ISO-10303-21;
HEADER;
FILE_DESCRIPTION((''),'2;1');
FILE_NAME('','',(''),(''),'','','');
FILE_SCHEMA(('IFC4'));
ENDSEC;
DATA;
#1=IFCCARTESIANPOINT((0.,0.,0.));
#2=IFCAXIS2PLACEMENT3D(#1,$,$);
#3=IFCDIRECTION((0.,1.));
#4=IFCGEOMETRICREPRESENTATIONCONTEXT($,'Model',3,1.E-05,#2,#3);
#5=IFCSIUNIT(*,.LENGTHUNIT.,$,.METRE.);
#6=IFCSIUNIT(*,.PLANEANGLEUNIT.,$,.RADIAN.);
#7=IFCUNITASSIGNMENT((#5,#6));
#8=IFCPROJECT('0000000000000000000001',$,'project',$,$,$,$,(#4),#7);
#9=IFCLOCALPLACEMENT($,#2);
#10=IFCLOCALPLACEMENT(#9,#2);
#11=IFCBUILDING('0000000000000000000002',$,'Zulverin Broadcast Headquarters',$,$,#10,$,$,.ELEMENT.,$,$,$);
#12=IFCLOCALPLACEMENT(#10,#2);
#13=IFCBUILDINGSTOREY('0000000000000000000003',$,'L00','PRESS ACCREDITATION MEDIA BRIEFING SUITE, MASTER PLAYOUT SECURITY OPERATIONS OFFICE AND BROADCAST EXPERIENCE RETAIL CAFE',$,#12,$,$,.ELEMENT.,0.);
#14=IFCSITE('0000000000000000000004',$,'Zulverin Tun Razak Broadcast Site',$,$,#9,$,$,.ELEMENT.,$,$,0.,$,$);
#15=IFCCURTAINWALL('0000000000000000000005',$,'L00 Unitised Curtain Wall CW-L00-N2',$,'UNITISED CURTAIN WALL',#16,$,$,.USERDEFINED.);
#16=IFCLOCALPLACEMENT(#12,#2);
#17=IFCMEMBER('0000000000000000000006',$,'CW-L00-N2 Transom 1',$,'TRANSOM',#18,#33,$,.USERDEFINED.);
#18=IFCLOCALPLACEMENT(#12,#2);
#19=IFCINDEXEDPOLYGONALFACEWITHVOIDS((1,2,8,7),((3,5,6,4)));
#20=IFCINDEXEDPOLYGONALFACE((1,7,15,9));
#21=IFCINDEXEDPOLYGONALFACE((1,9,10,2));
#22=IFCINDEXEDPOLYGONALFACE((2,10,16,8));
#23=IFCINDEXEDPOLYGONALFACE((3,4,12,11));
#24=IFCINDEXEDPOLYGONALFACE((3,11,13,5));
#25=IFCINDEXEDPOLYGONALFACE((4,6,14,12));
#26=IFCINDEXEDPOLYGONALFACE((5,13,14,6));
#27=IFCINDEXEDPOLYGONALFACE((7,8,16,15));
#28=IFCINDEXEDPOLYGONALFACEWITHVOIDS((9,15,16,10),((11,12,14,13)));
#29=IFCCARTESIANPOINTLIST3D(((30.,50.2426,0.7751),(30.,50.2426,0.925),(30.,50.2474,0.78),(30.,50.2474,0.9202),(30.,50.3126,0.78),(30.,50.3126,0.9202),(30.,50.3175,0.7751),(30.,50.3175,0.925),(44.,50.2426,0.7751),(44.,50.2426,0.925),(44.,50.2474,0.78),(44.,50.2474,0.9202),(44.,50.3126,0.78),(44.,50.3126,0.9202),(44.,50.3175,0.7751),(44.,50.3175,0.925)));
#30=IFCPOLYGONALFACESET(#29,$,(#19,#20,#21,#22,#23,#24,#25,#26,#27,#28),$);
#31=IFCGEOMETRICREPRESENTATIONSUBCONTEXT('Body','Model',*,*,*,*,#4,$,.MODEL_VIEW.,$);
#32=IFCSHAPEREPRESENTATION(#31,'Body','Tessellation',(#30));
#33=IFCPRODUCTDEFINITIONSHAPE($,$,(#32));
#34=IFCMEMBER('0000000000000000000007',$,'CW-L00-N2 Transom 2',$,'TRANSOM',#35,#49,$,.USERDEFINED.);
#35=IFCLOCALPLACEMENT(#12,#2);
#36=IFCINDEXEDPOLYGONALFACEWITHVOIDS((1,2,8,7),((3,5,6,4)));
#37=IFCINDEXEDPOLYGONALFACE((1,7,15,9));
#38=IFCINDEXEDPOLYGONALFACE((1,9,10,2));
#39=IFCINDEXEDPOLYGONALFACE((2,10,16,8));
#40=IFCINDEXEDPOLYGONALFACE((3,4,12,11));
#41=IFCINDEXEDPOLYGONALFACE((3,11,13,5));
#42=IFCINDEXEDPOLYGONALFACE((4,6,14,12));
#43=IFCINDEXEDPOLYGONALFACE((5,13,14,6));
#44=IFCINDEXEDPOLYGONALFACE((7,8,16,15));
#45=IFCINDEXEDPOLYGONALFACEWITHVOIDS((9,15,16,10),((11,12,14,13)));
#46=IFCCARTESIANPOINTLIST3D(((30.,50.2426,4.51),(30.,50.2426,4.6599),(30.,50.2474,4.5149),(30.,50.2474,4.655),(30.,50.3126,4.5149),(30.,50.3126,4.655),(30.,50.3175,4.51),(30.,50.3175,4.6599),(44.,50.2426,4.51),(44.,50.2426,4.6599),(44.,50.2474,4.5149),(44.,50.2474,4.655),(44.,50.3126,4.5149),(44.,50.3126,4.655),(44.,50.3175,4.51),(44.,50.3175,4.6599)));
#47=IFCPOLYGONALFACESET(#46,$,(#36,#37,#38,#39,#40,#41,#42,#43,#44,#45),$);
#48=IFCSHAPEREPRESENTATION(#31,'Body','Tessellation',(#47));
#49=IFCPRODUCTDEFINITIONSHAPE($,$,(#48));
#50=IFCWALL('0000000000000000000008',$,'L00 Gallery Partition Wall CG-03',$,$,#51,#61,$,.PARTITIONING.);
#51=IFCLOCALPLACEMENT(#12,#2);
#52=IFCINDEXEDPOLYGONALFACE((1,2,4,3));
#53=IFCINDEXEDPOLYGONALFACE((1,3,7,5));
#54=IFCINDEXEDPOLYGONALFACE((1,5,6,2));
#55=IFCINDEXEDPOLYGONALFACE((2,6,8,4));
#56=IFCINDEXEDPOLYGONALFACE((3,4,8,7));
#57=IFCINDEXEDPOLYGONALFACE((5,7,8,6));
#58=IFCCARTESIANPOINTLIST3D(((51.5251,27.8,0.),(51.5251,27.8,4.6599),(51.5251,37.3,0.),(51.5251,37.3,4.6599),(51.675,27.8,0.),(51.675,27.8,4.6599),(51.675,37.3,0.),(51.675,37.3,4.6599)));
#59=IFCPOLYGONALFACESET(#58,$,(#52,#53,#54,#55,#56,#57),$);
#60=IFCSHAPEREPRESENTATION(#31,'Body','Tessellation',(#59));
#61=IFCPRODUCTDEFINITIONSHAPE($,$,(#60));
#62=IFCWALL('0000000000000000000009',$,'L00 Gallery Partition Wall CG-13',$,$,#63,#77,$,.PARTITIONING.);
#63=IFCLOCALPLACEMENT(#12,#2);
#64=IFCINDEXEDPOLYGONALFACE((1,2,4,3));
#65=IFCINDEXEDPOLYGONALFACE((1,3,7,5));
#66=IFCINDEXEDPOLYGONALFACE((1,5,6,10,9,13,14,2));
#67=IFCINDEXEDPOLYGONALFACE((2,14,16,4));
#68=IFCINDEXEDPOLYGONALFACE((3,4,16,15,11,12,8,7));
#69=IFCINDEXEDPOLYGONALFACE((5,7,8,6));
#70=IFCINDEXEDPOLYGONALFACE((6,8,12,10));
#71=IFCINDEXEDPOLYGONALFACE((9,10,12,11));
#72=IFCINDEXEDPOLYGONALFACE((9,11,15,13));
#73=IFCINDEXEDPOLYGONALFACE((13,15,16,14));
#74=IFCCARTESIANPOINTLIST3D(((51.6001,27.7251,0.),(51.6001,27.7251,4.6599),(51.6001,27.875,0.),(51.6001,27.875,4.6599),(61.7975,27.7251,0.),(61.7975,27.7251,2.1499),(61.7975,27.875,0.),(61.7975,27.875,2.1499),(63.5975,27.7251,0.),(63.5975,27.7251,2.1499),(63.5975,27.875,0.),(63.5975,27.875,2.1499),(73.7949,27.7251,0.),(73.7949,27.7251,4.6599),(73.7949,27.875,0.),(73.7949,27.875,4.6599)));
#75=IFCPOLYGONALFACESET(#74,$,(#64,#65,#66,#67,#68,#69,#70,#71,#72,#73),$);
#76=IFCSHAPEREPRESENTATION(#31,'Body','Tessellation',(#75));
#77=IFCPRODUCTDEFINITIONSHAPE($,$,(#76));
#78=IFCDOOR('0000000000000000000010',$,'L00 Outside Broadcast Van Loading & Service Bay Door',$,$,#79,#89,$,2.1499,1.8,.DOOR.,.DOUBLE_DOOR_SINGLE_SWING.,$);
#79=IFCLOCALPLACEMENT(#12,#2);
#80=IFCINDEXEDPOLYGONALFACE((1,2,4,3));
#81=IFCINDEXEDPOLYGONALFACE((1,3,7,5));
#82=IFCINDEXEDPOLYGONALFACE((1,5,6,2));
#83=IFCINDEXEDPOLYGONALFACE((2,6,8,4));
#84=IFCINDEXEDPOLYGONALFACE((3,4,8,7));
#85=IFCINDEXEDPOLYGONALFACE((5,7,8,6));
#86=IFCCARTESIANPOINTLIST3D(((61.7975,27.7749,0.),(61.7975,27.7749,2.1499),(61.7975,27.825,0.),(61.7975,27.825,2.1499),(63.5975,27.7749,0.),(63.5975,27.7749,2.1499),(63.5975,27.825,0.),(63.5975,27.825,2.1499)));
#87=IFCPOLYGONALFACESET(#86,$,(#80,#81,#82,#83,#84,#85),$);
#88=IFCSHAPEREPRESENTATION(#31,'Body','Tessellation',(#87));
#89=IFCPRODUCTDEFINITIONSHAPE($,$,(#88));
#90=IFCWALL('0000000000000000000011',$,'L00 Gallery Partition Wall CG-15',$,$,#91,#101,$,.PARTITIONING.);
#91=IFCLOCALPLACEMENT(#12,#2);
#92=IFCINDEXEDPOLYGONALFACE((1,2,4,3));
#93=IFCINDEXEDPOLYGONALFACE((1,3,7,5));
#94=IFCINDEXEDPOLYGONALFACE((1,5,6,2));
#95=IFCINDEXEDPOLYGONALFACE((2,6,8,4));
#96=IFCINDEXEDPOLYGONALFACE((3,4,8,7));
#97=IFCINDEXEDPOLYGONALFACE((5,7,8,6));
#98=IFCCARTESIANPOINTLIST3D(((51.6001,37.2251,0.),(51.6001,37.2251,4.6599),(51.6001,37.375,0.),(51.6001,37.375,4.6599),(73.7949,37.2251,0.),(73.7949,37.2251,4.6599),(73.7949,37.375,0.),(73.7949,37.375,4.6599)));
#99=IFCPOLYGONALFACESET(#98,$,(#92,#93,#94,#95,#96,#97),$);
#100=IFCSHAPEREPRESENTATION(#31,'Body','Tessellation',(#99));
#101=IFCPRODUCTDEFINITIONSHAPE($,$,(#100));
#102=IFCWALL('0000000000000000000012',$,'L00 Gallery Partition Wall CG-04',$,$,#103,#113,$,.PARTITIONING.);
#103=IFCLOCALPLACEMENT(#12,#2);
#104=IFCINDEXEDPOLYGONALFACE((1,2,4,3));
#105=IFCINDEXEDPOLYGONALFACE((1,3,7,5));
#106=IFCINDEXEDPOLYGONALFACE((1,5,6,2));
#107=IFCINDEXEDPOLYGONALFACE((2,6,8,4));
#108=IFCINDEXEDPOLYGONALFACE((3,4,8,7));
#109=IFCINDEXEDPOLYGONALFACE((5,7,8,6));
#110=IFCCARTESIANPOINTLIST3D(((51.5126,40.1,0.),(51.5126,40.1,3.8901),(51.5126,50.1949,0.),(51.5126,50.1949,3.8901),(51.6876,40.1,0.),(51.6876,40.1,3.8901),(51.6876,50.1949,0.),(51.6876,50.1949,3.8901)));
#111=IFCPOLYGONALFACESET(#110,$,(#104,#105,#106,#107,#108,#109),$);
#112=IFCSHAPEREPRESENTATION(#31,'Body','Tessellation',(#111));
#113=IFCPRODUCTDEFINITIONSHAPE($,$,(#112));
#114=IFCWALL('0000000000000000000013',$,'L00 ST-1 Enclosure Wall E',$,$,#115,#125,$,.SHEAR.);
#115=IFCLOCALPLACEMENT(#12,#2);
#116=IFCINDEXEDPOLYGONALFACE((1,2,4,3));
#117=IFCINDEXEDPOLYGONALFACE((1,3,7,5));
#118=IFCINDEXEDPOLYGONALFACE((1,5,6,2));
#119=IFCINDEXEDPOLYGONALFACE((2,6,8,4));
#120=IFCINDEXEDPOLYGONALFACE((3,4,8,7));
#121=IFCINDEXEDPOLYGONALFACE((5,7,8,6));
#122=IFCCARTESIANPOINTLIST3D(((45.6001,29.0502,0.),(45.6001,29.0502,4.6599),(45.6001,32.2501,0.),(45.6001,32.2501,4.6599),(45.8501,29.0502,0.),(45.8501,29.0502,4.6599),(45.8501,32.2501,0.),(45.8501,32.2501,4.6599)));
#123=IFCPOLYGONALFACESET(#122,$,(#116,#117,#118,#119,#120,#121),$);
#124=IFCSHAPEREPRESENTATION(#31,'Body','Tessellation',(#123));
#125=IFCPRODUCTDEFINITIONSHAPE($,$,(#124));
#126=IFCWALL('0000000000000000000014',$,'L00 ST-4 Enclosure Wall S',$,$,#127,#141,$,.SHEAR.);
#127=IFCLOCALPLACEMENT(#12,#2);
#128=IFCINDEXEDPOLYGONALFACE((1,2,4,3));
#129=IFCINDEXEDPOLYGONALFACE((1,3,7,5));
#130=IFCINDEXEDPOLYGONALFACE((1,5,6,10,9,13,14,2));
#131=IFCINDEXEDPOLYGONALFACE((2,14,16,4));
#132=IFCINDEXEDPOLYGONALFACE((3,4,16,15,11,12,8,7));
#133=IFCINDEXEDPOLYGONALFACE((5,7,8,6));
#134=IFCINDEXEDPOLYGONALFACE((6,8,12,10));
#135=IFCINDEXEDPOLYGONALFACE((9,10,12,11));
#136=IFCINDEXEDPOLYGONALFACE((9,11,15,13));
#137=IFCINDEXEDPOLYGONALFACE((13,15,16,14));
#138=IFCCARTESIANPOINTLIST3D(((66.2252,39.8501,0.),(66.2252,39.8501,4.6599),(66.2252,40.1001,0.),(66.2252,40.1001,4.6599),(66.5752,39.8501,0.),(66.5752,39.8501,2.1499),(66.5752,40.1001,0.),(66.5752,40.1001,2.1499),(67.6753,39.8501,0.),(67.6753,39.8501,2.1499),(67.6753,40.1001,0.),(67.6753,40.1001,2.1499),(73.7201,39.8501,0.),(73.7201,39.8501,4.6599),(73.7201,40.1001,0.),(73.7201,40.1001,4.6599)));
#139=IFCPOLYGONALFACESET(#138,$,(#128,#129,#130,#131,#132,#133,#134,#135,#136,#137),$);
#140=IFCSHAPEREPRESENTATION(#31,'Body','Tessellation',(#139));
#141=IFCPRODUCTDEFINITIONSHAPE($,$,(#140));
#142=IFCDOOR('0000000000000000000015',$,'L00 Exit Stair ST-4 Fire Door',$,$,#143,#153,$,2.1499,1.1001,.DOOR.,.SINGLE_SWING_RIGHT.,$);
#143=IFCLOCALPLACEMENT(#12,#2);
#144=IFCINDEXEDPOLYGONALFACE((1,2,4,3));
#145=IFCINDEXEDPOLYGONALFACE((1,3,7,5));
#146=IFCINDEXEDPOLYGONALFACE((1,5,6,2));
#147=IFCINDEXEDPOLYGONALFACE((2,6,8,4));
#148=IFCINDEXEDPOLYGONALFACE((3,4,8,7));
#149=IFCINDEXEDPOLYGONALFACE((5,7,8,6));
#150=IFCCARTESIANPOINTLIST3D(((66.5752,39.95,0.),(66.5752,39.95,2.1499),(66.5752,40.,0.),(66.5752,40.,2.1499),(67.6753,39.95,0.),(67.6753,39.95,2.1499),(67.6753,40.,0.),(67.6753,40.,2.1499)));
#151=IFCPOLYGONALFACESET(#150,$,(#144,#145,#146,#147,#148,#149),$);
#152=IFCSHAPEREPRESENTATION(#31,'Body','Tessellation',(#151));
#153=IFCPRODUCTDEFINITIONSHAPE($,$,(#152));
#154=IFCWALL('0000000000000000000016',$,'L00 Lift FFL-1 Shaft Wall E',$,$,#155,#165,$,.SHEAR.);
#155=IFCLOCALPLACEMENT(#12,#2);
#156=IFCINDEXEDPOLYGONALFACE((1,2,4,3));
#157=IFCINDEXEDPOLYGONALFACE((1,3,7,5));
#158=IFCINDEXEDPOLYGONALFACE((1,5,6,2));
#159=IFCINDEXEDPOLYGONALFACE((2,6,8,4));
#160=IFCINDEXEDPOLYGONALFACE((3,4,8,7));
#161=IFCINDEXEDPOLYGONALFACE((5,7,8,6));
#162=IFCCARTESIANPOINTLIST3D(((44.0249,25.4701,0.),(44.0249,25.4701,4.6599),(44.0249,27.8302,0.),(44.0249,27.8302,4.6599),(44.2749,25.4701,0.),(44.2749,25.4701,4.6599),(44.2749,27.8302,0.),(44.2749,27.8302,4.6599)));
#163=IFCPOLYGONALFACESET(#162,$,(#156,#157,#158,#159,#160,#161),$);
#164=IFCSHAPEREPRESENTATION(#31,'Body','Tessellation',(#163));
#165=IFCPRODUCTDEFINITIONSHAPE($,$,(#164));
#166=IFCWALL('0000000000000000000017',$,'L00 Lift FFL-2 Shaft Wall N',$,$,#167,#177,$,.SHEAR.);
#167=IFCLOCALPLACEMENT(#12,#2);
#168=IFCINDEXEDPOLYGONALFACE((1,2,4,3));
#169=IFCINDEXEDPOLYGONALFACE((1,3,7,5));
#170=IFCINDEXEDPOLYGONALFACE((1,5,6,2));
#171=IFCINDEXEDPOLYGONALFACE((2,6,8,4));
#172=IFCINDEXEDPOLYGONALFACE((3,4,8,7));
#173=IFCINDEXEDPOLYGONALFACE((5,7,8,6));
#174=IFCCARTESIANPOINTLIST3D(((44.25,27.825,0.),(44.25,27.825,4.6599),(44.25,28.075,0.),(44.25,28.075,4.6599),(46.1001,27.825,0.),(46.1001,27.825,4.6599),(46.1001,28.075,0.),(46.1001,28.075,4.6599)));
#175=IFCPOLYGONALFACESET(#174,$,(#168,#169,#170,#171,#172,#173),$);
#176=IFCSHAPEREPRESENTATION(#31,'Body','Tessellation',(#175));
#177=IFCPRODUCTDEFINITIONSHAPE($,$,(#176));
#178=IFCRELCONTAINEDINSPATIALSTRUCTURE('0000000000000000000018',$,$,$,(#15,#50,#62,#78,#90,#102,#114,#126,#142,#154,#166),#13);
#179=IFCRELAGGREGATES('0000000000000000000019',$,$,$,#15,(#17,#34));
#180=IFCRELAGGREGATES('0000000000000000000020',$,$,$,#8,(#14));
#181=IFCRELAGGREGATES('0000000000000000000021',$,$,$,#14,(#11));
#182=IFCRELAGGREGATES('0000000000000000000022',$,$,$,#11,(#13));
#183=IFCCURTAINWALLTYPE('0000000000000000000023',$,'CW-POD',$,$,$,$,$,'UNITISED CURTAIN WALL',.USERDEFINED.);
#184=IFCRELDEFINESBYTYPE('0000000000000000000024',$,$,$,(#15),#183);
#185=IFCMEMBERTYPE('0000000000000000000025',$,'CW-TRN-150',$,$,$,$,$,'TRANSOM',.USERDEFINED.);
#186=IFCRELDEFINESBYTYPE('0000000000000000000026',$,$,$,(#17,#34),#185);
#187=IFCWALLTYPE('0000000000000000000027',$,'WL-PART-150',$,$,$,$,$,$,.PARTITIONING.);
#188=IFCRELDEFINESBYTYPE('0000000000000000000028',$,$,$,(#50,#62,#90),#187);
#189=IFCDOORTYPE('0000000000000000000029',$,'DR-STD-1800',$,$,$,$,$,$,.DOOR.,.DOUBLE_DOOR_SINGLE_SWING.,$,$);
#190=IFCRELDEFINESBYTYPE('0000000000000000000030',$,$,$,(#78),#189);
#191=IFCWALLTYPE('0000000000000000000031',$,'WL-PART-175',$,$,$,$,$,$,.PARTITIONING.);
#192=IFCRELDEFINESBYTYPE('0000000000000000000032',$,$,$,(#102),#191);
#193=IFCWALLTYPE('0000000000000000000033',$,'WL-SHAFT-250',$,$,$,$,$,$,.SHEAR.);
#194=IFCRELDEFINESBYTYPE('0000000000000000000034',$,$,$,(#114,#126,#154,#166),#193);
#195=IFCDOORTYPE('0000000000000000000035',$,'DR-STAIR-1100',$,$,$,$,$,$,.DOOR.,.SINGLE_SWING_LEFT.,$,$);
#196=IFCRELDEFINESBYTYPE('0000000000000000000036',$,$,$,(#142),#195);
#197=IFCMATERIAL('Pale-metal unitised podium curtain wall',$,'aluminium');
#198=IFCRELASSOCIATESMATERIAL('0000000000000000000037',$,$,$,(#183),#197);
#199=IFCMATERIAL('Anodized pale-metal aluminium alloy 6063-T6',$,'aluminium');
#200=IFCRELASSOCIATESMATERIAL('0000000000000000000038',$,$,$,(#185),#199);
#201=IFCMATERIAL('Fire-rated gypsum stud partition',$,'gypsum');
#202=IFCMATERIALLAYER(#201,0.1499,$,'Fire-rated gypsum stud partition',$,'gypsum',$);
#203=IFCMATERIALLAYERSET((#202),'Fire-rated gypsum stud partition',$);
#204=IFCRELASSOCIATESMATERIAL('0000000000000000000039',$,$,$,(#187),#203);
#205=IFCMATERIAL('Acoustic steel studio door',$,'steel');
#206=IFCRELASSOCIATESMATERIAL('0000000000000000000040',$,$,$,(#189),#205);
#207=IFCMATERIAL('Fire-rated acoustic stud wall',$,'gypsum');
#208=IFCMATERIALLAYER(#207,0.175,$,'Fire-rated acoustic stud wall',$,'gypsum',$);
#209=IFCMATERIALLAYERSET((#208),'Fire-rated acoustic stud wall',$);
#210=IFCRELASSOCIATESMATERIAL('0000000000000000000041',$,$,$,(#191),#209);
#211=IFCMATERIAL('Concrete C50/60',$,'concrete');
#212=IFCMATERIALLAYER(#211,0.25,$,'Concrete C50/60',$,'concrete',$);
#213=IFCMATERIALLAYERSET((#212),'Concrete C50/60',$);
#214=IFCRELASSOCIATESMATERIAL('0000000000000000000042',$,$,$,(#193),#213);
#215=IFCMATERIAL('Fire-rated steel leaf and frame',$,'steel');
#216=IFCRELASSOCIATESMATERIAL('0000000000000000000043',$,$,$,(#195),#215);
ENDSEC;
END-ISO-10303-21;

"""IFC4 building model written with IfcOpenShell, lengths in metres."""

from ifc_helpers import new_model, si_unit, direction, frame, frame_2d, origin, origin_2d, place, context, subcontext, project, spatial, rectangle, hollow_rectangle, extrude, material, layer, layer_set, material_profile, profile_set, type_object, element, fill, aggregate, save


model = new_model("IFC4")

# Units and contexts
model_context = context("Model", 3, precision=1e-05, world=origin(), true_north=direction((0.0, 1.0)))
body_context = subcontext(model_context, "Body", "Model", "MODEL_VIEW")
ifc_project = project(units=[si_unit("LENGTHUNIT", "METRE"), si_unit("PLANEANGLEUNIT", "RADIAN")], contexts=[model_context])

# Site, building, storey
site_placement = place(None, origin())
site = spatial("IfcSite", under=ifc_project, at=site_placement, Name="Zulverin Tun Razak Broadcast Site", CompositionType="ELEMENT", RefElevation=0.0)
building_placement = place(site_placement, origin())
building = spatial("IfcBuilding", under=site, at=building_placement, Name="Zulverin Broadcast Headquarters", CompositionType="ELEMENT")
storey_placement = place(building_placement, origin())
storey = spatial("IfcBuildingStorey", under=building, at=storey_placement, Name="L00", Description="PRESS ACCREDITATION MEDIA BRIEFING SUITE, MASTER PLAYOUT SECURITY OPERATIONS OFFICE AND BROADCAST EXPERIENCE RETAIL CAFE", CompositionType="ELEMENT", Elevation=0.0)

# Curtain wall, members
ifc_material_1 = material(Name="Pale-metal unitised podium curtain wall", Category="aluminium")
curtain_wall_type = type_object("IfcCurtainWallType", Name="CW-POD", ElementType="UNITISED CURTAIN WALL", PredefinedType="USERDEFINED", material=ifc_material_1)
curtain_wall_placement = place(storey_placement, origin())
curtain_wall = element("IfcCurtainWall", 1, at=curtain_wall_placement, inside=storey, type_object=curtain_wall_type, Name="L00 Unitised Curtain Wall CW-L00-N2", ObjectType="UNITISED CURTAIN WALL", PredefinedType="USERDEFINED")
ifc_material_2 = material(Name="Anodized pale-metal aluminium alloy 6063-T6", Category="aluminium")
ifc_material_profile_1 = material_profile(ifc_material_2, hollow_rectangle(XDim=0.075, YDim=0.1499, WallThickness=0.0049, at=origin_2d()), Name="Anodized pale-metal aluminium alloy 6063-T6", Category="aluminium")
ifc_profile_set_1 = profile_set([ifc_material_profile_1], Name="Anodized pale-metal aluminium alloy 6063-T6")
member_type = type_object("IfcMemberType", Name="CW-TRN-150", ElementType="TRANSOM", PredefinedType="USERDEFINED", material=ifc_profile_set_1)
member_1_placement = place(storey_placement, frame((44.0, 50.28, 0.8501), z_axis=(-1.0, 0.0, 0.0), x_axis=(0.0, -1.0, 0.0)))
member_1 = element("IfcMember", 2, at=member_1_placement, type_object=member_type, Name="CW-L00-N2 Transom 1", ObjectType="TRANSOM", PredefinedType="USERDEFINED", context=body_context, shape_type="SweptSolid", body=[
    extrude(hollow_rectangle(XDim=0.075, YDim=0.1499, WallThickness=0.0049, at=origin_2d()), origin(), (0.0, 0.0, 1.0), 14.0),
])
member_2_placement = place(storey_placement, frame((44.0, 50.28, 4.585), z_axis=(-1.0, 0.0, 0.0), x_axis=(0.0, -1.0, 0.0)))
member_2 = element("IfcMember", 3, at=member_2_placement, type_object=member_type, Name="CW-L00-N2 Transom 2", ObjectType="TRANSOM", PredefinedType="USERDEFINED", context=body_context, shape_type="SweptSolid", body=[
    extrude(hollow_rectangle(XDim=0.075, YDim=0.1499, WallThickness=0.0049, at=origin_2d()), origin(), (0.0, 0.0, 1.0), 14.0),
])
aggregate(curtain_wall, [member_1, member_2])

# Shared definitions
ifc_material_3 = material(Name="Fire-rated gypsum stud partition", Category="gypsum")
ifc_layer_1 = layer(ifc_material_3, 0.1499, Name="Fire-rated gypsum stud partition", Category="gypsum")
ifc_layer_set_1 = layer_set([ifc_layer_1], Name="Fire-rated gypsum stud partition")
wall_type_1 = type_object("IfcWallType", Name="WL-PART-150", PredefinedType="PARTITIONING", material=ifc_layer_set_1)
ifc_material_4 = material(Name="Fire-rated steel leaf and frame", Category="steel")

# Wall
wall_1_placement = place(storey_placement, frame((51.6001, 27.8, 0.0), z_axis=(0.0, 0.0, 1.0), x_axis=(0.0, 1.0, 0.0)))
element("IfcWall", 4, at=wall_1_placement, inside=storey, type_object=wall_type_1, Name="L00 Gallery Partition Wall CG-03", PredefinedType="PARTITIONING", context=body_context, shape_type="SweptSolid", body=[
    extrude(rectangle(XDim=9.5, YDim=0.1499, at=frame_2d((4.75, 0.0))), origin(), (0.0, 0.0, 1.0), 4.6599),
])

# Wall, opening, door
wall_2_placement = place(storey_placement, frame((51.6001, 27.8, 0.0), z_axis=(0.0, 0.0, 1.0), x_axis=(1.0, 0.0, 0.0)))
wall_2 = element("IfcWall", 5, at=wall_2_placement, inside=storey, type_object=wall_type_1, Name="L00 Gallery Partition Wall CG-13", PredefinedType="PARTITIONING", context=body_context, shape_type="SweptSolid", body=[
    extrude(rectangle(XDim=22.1948, YDim=0.1499, at=frame_2d((11.0974, 0.0))), origin(), (0.0, 0.0, 1.0), 4.6599),
])
opening_1_placement = place(wall_2_placement, frame((10.1975, 0.0, 0.0)))
opening_1 = element("IfcOpeningElement", 6, at=opening_1_placement, cuts=wall_2, PredefinedType="OPENING", context=body_context, shape_type="SweptSolid", body=[
    extrude(rectangle(XDim=1.8, YDim=2.1499, at=frame_2d((0.8999, 1.075))), frame((0.0, 0.085, 0.0), z_axis=(0.0, -1.0, 0.0), x_axis=(1.0, 0.0, 0.0)), (0.0, 0.0, 1.0), 0.1699),
])
ifc_material_5 = material(Name="Acoustic steel studio door", Category="steel")
door_type_1 = type_object("IfcDoorType", Name="DR-STD-1800", OperationType="DOUBLE_DOOR_SINGLE_SWING", PredefinedType="DOOR", material=ifc_material_5)
door_1_placement = place(opening_1_placement, origin())
door_1 = element("IfcDoor", 7, at=door_1_placement, inside=storey, type_object=door_type_1, Name="L00 Outside Broadcast Van Loading & Service Bay Door", OperationType="DOUBLE_DOOR_SINGLE_SWING", OverallHeight=2.1499, OverallWidth=1.8, PredefinedType="DOOR", context=body_context, shape_type="SweptSolid", body=[
    extrude(rectangle(XDim=1.8, YDim=2.1499, at=frame_2d((0.8999, 1.075))), frame((0.0, 0.0249, 0.0), z_axis=(0.0, -1.0, 0.0), x_axis=(1.0, 0.0, 0.0)), (0.0, 0.0, 1.0), 0.05),
])
fill(opening_1, door_1)

# Walls
wall_3_placement = place(storey_placement, frame((51.6001, 37.3, 0.0), z_axis=(0.0, 0.0, 1.0), x_axis=(1.0, 0.0, 0.0)))
element("IfcWall", 8, at=wall_3_placement, inside=storey, type_object=wall_type_1, Name="L00 Gallery Partition Wall CG-15", PredefinedType="PARTITIONING", context=body_context, shape_type="SweptSolid", body=[
    extrude(rectangle(XDim=22.1948, YDim=0.1499, at=frame_2d((11.0974, 0.0))), origin(), (0.0, 0.0, 1.0), 4.6599),
])
ifc_material_6 = material(Name="Fire-rated acoustic stud wall", Category="gypsum")
ifc_layer_2 = layer(ifc_material_6, 0.175, Name="Fire-rated acoustic stud wall", Category="gypsum")
ifc_layer_set_2 = layer_set([ifc_layer_2], Name="Fire-rated acoustic stud wall")
wall_type_2 = type_object("IfcWallType", Name="WL-PART-175", PredefinedType="PARTITIONING", material=ifc_layer_set_2)
wall_4_placement = place(storey_placement, frame((51.6001, 40.1001, 0.0), z_axis=(0.0, 0.0, 1.0), x_axis=(0.0, 1.0, 0.0)))
element("IfcWall", 9, at=wall_4_placement, inside=storey, type_object=wall_type_2, Name="L00 Gallery Partition Wall CG-04", PredefinedType="PARTITIONING", context=body_context, shape_type="SweptSolid", body=[
    extrude(rectangle(XDim=10.095, YDim=0.175, at=frame_2d((5.0474, 0.0))), origin(), (0.0, 0.0, 1.0), 3.8901),
])
ifc_material_7 = material(Name="Concrete C50/60", Category="concrete")
ifc_layer_3 = layer(ifc_material_7, 0.25, Name="Concrete C50/60", Category="concrete")
ifc_layer_set_3 = layer_set([ifc_layer_3], Name="Concrete C50/60")
wall_type_3 = type_object("IfcWallType", Name="WL-SHAFT-250", PredefinedType="SHEAR", material=ifc_layer_set_3)
wall_5_placement = place(storey_placement, frame((45.7251, 29.05, 0.0), z_axis=(0.0, 0.0, 1.0), x_axis=(0.0, 1.0, 0.0)))
element("IfcWall", 10, at=wall_5_placement, inside=storey, type_object=wall_type_3, Name="L00 ST-1 Enclosure Wall E", PredefinedType="SHEAR", context=body_context, shape_type="SweptSolid", body=[
    extrude(rectangle(XDim=3.2, YDim=0.25, at=frame_2d((1.6001, 0.0))), origin(), (0.0, 0.0, 1.0), 4.6599),
])

# Wall, opening, door
wall_6_placement = place(storey_placement, frame((66.2251, 39.9751, 0.0), z_axis=(0.0, 0.0, 1.0), x_axis=(1.0, 0.0, 0.0)))
wall_6 = element("IfcWall", 11, at=wall_6_placement, inside=storey, type_object=wall_type_3, Name="L00 ST-4 Enclosure Wall S", PredefinedType="SHEAR", context=body_context, shape_type="SweptSolid", body=[
    extrude(rectangle(XDim=7.4949, YDim=0.25, at=frame_2d((3.7476, 0.0))), origin(), (0.0, 0.0, 1.0), 4.6599),
])
opening_2_placement = place(wall_6_placement, frame((0.3501, 0.0, 0.0)))
opening_2 = element("IfcOpeningElement", 12, at=opening_2_placement, cuts=wall_6, PredefinedType="OPENING", context=body_context, shape_type="SweptSolid", body=[
    extrude(rectangle(XDim=1.1001, YDim=2.1499, at=frame_2d((0.55, 1.075))), frame((0.0, 0.135, 0.0), z_axis=(0.0, -1.0, 0.0), x_axis=(1.0, 0.0, 0.0)), (0.0, 0.0, 1.0), 0.27),
])
door_type_2 = type_object("IfcDoorType", Name="DR-STAIR-1100", OperationType="SINGLE_SWING_LEFT", PredefinedType="DOOR", material=ifc_material_4)
door_2_placement = place(opening_2_placement, origin())
door_2 = element("IfcDoor", 13, at=door_2_placement, inside=storey, type_object=door_type_2, Name="L00 Exit Stair ST-4 Fire Door", OperationType="SINGLE_SWING_RIGHT", OverallHeight=2.1499, OverallWidth=1.1001, PredefinedType="DOOR", context=body_context, shape_type="SweptSolid", body=[
    extrude(rectangle(XDim=1.1001, YDim=2.1499, at=frame_2d((0.55, 1.075))), frame((0.0, 0.0249, 0.0), z_axis=(0.0, -1.0, 0.0), x_axis=(1.0, 0.0, 0.0)), (0.0, 0.0, 1.0), 0.05),
])
fill(opening_2, door_2)

# Walls
wall_7_placement = place(storey_placement, frame((44.1499, 25.47, 0.0), z_axis=(0.0, 0.0, 1.0), x_axis=(0.0, 1.0, 0.0)))
element("IfcWall", 14, at=wall_7_placement, inside=storey, type_object=wall_type_3, Name="L00 Lift FFL-1 Shaft Wall E", PredefinedType="SHEAR", context=body_context, shape_type="SweptSolid", body=[
    extrude(rectangle(XDim=2.3601, YDim=0.25, at=frame_2d((1.1802, 0.0))), origin(), (0.0, 0.0, 1.0), 4.6599),
])
wall_8_placement = place(storey_placement, frame((44.25, 27.95, 0.0), z_axis=(0.0, 0.0, 1.0), x_axis=(1.0, 0.0, 0.0)))
element("IfcWall", 15, at=wall_8_placement, inside=storey, type_object=wall_type_3, Name="L00 Lift FFL-2 Shaft Wall N", PredefinedType="SHEAR", context=body_context, shape_type="SweptSolid", body=[
    extrude(rectangle(XDim=1.8501, YDim=0.25, at=frame_2d((0.925, 0.0))), origin(), (0.0, 0.0, 1.0), 4.6599),
])

save(model, "model.ifc")
